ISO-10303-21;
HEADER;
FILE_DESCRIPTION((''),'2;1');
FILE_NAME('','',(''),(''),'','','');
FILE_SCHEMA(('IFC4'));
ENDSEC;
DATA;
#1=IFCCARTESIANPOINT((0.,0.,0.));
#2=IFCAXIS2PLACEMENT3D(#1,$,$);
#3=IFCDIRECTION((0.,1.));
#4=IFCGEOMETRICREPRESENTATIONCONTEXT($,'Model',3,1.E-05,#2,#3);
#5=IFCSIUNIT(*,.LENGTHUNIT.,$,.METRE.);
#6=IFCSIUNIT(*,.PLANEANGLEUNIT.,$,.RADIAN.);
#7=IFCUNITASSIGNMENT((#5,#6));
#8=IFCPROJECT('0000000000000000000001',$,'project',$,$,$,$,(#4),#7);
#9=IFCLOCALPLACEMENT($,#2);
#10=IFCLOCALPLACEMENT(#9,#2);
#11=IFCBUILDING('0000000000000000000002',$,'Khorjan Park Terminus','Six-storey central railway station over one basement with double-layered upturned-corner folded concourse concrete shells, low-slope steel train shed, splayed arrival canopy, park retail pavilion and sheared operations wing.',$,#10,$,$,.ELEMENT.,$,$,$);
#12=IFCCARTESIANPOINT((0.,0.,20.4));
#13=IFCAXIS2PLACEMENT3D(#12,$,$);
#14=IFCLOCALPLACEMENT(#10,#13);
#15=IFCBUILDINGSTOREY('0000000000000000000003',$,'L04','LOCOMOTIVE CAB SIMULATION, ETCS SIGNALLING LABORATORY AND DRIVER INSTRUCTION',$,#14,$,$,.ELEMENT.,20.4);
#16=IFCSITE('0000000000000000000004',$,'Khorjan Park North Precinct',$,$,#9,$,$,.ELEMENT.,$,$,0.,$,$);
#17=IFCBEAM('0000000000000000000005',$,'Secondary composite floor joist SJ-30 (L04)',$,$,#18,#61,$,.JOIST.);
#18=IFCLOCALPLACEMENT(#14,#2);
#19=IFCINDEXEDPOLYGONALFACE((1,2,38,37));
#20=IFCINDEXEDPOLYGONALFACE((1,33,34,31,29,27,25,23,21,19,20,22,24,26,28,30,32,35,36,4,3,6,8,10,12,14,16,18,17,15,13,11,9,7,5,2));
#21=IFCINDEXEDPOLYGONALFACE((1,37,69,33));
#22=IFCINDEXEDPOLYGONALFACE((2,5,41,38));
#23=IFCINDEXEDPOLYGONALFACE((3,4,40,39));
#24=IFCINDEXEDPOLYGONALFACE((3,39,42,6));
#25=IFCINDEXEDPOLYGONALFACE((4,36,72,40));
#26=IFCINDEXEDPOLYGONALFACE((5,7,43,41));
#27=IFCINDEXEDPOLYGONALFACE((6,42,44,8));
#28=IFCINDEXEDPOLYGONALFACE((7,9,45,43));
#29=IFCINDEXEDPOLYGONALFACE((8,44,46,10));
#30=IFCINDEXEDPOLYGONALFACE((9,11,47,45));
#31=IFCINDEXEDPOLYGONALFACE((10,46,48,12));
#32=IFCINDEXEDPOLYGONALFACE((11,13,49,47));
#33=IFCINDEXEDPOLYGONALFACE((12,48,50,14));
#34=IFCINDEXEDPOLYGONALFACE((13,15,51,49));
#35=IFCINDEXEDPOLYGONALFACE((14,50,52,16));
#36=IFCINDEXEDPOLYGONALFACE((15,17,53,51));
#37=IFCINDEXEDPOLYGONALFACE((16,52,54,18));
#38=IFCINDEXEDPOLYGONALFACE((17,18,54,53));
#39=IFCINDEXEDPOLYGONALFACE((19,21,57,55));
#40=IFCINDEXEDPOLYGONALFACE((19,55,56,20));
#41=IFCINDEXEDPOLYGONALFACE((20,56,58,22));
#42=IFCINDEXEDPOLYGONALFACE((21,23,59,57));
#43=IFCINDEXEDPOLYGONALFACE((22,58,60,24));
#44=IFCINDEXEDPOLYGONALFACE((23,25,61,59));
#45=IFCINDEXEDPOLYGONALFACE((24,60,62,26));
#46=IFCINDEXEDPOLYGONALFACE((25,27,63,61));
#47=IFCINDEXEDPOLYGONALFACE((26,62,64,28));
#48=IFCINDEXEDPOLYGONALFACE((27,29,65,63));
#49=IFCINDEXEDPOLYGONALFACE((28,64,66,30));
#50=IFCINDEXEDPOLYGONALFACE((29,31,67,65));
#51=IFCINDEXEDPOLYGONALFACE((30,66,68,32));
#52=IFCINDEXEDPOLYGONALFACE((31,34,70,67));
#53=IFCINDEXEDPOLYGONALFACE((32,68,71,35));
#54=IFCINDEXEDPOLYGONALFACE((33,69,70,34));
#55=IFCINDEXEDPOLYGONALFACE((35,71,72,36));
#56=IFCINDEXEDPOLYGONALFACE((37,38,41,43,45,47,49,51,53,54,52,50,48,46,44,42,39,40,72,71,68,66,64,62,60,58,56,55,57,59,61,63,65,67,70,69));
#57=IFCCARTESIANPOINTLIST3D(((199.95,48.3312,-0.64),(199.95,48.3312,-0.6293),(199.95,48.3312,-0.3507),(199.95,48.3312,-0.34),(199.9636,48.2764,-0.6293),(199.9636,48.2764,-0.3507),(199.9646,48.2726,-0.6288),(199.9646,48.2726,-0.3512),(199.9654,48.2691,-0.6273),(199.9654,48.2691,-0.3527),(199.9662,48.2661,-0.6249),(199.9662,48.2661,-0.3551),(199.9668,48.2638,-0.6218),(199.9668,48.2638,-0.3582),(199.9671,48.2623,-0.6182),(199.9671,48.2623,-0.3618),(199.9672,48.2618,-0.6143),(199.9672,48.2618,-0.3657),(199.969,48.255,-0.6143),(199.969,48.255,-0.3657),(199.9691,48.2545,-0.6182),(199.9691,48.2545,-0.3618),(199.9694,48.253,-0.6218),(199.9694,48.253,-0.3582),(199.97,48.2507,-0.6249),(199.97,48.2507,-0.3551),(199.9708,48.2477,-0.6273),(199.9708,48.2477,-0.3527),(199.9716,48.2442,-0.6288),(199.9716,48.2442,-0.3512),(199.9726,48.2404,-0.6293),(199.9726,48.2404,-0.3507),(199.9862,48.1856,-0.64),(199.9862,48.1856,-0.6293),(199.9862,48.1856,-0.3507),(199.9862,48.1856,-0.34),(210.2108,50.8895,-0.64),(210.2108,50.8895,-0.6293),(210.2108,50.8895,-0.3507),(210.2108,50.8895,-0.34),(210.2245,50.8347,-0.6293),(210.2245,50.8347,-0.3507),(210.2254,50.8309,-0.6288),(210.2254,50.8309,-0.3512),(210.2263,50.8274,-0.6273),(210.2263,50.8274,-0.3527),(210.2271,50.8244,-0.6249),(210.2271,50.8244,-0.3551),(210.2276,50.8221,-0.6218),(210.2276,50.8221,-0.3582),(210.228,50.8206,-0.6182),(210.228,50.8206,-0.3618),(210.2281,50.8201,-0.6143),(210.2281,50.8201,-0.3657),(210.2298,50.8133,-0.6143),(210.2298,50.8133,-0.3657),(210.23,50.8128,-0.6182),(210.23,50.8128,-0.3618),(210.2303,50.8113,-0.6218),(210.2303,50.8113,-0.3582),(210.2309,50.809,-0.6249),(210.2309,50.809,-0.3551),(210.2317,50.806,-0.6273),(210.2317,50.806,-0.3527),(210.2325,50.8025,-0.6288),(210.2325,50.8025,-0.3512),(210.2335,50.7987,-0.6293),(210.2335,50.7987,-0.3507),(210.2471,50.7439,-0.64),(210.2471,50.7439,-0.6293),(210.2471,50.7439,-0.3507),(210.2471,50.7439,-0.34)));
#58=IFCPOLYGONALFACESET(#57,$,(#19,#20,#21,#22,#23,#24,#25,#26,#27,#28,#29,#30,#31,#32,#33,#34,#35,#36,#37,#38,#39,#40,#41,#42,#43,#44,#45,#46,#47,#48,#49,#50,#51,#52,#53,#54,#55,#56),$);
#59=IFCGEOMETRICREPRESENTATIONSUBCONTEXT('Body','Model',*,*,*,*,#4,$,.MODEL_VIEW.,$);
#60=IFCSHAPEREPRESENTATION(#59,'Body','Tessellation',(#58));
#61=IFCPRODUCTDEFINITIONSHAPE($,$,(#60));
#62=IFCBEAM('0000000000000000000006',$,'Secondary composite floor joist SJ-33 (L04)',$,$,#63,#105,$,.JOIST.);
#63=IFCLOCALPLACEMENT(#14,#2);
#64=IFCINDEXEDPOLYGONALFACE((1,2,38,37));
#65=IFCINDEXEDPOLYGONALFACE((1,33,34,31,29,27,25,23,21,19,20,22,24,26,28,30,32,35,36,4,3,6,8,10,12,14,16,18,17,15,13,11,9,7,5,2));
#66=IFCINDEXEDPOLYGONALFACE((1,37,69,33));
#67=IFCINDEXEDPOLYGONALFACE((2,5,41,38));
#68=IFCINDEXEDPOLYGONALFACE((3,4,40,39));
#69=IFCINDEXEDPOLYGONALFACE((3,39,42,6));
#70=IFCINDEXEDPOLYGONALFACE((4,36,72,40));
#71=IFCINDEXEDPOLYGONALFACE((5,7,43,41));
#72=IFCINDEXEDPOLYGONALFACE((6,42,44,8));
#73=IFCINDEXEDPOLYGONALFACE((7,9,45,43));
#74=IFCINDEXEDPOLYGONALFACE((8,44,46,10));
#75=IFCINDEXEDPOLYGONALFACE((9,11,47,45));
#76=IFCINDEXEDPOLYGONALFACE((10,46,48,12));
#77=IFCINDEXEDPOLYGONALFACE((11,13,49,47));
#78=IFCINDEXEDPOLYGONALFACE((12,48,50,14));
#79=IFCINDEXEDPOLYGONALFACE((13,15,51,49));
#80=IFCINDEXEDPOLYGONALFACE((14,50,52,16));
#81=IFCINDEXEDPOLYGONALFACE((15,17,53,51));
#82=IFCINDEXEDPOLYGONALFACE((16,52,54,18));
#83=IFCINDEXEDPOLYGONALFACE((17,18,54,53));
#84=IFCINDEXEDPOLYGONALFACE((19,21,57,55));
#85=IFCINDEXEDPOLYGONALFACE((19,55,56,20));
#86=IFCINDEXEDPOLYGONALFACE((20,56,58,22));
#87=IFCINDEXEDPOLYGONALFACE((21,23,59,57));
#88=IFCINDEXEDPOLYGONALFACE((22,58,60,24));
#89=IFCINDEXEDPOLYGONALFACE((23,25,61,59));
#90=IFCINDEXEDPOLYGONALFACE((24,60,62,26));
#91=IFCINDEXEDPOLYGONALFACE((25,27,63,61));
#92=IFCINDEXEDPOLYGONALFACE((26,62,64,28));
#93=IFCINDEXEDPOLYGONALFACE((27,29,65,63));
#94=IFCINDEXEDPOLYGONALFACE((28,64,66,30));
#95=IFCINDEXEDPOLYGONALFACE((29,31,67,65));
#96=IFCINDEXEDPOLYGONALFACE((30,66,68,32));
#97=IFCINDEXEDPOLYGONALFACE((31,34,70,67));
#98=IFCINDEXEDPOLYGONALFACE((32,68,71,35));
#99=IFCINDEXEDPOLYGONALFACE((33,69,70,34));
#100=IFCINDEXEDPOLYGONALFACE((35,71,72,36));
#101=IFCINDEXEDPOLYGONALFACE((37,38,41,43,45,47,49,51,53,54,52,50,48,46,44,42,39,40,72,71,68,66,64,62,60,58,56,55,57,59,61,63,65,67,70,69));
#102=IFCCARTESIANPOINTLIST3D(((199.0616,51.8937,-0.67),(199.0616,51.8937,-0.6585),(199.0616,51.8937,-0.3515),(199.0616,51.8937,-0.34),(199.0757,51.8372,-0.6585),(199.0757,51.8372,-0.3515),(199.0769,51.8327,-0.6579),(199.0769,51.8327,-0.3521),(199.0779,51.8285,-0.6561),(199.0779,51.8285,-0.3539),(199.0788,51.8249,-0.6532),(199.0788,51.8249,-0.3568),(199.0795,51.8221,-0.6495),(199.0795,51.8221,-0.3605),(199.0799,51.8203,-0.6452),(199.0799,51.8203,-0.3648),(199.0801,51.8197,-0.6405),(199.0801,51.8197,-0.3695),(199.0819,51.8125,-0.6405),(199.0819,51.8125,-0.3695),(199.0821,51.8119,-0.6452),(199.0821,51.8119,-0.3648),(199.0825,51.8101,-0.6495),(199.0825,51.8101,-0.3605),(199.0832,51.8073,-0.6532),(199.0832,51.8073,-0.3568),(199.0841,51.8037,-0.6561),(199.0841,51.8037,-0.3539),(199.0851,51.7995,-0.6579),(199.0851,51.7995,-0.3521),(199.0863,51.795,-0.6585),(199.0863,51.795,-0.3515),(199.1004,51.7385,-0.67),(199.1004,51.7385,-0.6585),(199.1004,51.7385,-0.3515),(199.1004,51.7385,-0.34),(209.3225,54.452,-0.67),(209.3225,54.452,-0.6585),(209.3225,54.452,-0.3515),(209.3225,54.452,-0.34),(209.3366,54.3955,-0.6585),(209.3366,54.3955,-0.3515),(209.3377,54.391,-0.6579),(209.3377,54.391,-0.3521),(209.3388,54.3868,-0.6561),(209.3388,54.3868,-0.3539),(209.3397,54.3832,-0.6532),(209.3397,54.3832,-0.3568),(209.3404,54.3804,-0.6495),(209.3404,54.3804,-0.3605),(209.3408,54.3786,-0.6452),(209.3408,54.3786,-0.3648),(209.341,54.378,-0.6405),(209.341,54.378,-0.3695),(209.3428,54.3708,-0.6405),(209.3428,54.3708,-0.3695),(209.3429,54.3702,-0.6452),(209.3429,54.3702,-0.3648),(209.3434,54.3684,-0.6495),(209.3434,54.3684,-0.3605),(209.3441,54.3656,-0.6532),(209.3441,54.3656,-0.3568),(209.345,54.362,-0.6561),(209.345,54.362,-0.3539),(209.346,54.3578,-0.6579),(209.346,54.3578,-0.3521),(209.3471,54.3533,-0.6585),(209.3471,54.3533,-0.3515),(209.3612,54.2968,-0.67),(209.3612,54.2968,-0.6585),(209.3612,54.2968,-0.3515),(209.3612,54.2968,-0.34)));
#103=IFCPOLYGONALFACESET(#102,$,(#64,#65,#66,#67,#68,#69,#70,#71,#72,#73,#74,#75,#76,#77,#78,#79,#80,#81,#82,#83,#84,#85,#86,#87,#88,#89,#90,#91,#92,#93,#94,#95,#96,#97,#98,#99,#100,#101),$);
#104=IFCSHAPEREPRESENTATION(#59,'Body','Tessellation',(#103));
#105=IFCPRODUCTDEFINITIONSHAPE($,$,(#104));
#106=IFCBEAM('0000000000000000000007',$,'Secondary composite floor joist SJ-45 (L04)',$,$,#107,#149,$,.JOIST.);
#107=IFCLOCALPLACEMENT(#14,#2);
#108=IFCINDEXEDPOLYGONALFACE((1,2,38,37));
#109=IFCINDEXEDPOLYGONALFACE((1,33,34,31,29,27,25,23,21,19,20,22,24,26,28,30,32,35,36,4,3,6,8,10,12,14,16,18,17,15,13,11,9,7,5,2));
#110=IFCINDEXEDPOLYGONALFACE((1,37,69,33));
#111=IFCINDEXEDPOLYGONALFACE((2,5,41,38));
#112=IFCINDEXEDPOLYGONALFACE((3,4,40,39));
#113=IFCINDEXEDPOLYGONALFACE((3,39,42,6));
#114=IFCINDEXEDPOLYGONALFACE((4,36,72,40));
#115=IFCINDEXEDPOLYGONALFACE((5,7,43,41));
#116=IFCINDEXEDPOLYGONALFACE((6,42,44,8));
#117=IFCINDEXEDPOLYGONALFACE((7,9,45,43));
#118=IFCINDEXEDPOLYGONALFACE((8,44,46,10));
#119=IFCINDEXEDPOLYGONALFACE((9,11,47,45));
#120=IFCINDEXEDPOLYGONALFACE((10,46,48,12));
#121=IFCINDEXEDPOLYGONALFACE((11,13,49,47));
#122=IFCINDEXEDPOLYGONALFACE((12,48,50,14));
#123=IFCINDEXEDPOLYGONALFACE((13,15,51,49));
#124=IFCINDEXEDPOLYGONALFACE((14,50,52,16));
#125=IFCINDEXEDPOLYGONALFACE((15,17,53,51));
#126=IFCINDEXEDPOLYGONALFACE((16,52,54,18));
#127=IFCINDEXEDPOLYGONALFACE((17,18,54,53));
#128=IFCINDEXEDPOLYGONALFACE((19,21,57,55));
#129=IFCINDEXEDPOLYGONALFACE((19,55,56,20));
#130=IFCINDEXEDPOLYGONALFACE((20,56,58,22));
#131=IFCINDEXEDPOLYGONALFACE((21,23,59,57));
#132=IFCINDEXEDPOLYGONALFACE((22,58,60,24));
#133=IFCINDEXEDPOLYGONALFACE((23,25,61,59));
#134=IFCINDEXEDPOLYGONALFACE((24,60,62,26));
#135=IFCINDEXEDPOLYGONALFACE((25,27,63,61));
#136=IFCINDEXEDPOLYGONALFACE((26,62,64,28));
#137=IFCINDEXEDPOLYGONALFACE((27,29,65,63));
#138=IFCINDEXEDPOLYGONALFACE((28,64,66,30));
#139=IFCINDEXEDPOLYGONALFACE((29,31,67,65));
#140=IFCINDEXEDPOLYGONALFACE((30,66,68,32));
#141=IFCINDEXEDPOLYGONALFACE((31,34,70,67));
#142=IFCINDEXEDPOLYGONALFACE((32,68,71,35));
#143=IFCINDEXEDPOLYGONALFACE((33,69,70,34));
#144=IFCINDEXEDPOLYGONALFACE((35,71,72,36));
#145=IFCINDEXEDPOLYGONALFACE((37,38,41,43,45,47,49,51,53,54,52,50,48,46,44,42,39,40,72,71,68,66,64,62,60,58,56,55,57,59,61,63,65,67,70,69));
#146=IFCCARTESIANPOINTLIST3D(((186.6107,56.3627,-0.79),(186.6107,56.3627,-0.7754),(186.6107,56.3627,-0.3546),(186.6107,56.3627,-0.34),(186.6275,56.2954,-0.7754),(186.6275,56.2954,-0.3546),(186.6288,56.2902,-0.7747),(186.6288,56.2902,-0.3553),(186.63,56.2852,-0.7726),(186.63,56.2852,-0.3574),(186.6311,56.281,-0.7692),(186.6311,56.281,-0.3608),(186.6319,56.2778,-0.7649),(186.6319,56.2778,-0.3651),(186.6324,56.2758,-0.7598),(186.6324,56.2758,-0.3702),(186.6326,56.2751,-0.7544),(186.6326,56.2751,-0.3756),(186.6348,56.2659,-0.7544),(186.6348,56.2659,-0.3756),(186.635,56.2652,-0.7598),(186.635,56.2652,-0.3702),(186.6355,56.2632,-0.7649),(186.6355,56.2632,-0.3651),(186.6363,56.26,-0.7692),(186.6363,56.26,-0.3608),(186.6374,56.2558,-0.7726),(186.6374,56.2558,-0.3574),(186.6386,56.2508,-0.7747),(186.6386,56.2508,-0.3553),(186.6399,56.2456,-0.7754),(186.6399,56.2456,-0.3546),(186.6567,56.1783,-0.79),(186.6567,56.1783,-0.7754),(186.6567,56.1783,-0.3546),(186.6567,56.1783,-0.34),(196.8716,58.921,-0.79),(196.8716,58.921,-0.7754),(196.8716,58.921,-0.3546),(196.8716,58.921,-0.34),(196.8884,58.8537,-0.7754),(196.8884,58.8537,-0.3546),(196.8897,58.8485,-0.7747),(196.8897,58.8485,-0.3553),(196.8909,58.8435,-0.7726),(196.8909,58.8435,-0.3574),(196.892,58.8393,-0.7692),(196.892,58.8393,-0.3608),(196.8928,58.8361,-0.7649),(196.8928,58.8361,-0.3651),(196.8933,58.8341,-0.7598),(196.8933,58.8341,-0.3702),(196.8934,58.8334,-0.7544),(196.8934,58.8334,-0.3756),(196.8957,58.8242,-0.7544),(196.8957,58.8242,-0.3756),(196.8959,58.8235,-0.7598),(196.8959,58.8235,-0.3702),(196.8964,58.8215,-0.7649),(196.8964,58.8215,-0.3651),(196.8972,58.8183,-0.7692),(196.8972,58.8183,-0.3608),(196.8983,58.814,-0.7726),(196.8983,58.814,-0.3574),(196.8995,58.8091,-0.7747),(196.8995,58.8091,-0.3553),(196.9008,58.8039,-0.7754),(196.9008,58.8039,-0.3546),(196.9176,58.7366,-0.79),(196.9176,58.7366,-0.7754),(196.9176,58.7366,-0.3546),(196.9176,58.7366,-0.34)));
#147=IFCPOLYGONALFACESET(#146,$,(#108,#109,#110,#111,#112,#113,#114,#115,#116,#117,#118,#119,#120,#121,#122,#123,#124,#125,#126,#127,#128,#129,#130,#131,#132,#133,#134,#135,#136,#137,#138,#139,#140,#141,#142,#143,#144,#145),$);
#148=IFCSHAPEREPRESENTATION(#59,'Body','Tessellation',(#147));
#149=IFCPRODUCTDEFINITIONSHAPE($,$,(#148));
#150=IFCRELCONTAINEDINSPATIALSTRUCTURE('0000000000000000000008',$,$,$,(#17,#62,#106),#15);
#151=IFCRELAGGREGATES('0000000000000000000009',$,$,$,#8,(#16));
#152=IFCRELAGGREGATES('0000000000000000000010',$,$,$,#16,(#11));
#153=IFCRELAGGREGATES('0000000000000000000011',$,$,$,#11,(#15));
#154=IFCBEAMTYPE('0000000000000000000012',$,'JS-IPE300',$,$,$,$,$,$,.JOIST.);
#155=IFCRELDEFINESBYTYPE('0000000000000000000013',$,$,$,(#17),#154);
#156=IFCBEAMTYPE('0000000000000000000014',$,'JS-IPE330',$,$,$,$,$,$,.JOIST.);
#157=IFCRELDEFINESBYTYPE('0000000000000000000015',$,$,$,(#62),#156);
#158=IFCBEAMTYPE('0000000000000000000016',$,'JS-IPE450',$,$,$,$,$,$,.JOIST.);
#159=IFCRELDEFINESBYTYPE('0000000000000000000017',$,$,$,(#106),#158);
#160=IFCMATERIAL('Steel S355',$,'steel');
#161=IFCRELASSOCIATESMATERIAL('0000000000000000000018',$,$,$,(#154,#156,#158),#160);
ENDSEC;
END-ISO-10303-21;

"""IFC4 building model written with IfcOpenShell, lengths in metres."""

from ifc_helpers import new_model, si_unit, direction, frame, origin, origin_2d, place, context, subcontext, project, spatial, i_section, extrude, material, material_profile, profile_set, type_object, element, save


model = new_model("IFC4")

# Units and contexts
model_context = context("Model", 3, precision=1e-05, world=origin(), true_north=direction((0.0, 1.0)))
body_context = subcontext(model_context, "Body", "Model", "MODEL_VIEW")
ifc_project = project(units=[si_unit("LENGTHUNIT", "METRE"), si_unit("PLANEANGLEUNIT", "RADIAN")], contexts=[model_context])

# Site, building, storey
site_placement = place(None, origin())
site = spatial("IfcSite", under=ifc_project, at=site_placement, Name="Khorjan Park North Precinct", CompositionType="ELEMENT", RefElevation=0.0)
building_placement = place(site_placement, origin())
building = spatial("IfcBuilding", under=site, at=building_placement, Name="Khorjan Park Terminus", Description="Six-storey central railway station over one basement with double-layered upturned-corner folded concourse concrete shells, low-slope steel train shed, splayed arrival canopy, park retail pavilion and sheared operations wing.", CompositionType="ELEMENT")
storey_placement = place(building_placement, frame((0.0, 0.0, 20.4)))
storey = spatial("IfcBuildingStorey", under=building, at=storey_placement, Name="L04", Description="LOCOMOTIVE CAB SIMULATION, ETCS SIGNALLING LABORATORY AND DRIVER INSTRUCTION", CompositionType="ELEMENT", Elevation=20.4)

# Beams
ifc_material_1 = material(Name="Steel S355", Category="steel")
ifc_material_profile_1 = material_profile(ifc_material_1, i_section(OverallWidth=0.15, OverallDepth=0.3, WebThickness=0.0071, FlangeThickness=0.0107, FilletRadius=0.015, at=origin_2d()), Name="IPE 300")
ifc_profile_set_1 = profile_set([ifc_material_profile_1], Name="Steel S355")
beam_type_1 = type_object("IfcBeamType", Name="JS-IPE300", PredefinedType="JOIST", material=ifc_profile_set_1)
beam_1_placement = place(storey_placement, frame((199.9681, 48.2584, -0.49), z_axis=(0.970296, 0.241919, 0.0), x_axis=(-0.241919, 0.970296, 0.0)))
element("IfcBeam", 1, at=beam_1_placement, inside=storey, type_object=beam_type_1, Name="Secondary composite floor joist SJ-30 (L04)", PredefinedType="JOIST", context=body_context, shape_type="SweptSolid", body=[
    extrude(i_section(OverallWidth=0.15, OverallDepth=0.3, WebThickness=0.0071, FlangeThickness=0.0107, FilletRadius=0.015, at=origin_2d()), origin(), (0.0, 0.0, 1.0), 10.575),
])
ifc_material_profile_2 = material_profile(ifc_material_1, i_section(OverallWidth=0.16, OverallDepth=0.33, WebThickness=0.0075, FlangeThickness=0.0115, FilletRadius=0.018, at=origin_2d()), Name="IPE 330")
ifc_profile_set_2 = profile_set([ifc_material_profile_2], Name="Steel S355")
beam_type_2 = type_object("IfcBeamType", Name="JS-IPE330", PredefinedType="JOIST", material=ifc_profile_set_2)
beam_2_placement = place(storey_placement, frame((199.081, 51.8161, -0.505), z_axis=(0.970296, 0.241919, 0.0), x_axis=(-0.241919, 0.970296, 0.0)))
element("IfcBeam", 2, at=beam_2_placement, inside=storey, type_object=beam_type_2, Name="Secondary composite floor joist SJ-33 (L04)", PredefinedType="JOIST", context=body_context, shape_type="SweptSolid", body=[
    extrude(i_section(OverallWidth=0.16, OverallDepth=0.33, WebThickness=0.0075, FlangeThickness=0.0115, FilletRadius=0.018, at=origin_2d()), origin(), (0.0, 0.0, 1.0), 10.575),
])
ifc_material_profile_3 = material_profile(ifc_material_1, i_section(OverallWidth=0.19, OverallDepth=0.45, WebThickness=0.0094, FlangeThickness=0.0146, FilletRadius=0.021, at=origin_2d()), Name="IPE 450")
ifc_profile_set_3 = profile_set([ifc_material_profile_3], Name="Steel S355")
beam_type_3 = type_object("IfcBeamType", Name="JS-IPE450", PredefinedType="JOIST", material=ifc_profile_set_3)
beam_3_placement = place(storey_placement, frame((186.6337, 56.2705, -0.565), z_axis=(0.970296, 0.241919, 0.0), x_axis=(-0.241919, 0.970296, 0.0)))
element("IfcBeam", 3, at=beam_3_placement, inside=storey, type_object=beam_type_3, Name="Secondary composite floor joist SJ-45 (L04)", PredefinedType="JOIST", context=body_context, shape_type="SweptSolid", body=[
    extrude(i_section(OverallWidth=0.19, OverallDepth=0.45, WebThickness=0.0094, FlangeThickness=0.0146, FilletRadius=0.021, at=origin_2d()), origin(), (0.0, 0.0, 1.0), 10.575),
])

save(model, "model.ifc")
